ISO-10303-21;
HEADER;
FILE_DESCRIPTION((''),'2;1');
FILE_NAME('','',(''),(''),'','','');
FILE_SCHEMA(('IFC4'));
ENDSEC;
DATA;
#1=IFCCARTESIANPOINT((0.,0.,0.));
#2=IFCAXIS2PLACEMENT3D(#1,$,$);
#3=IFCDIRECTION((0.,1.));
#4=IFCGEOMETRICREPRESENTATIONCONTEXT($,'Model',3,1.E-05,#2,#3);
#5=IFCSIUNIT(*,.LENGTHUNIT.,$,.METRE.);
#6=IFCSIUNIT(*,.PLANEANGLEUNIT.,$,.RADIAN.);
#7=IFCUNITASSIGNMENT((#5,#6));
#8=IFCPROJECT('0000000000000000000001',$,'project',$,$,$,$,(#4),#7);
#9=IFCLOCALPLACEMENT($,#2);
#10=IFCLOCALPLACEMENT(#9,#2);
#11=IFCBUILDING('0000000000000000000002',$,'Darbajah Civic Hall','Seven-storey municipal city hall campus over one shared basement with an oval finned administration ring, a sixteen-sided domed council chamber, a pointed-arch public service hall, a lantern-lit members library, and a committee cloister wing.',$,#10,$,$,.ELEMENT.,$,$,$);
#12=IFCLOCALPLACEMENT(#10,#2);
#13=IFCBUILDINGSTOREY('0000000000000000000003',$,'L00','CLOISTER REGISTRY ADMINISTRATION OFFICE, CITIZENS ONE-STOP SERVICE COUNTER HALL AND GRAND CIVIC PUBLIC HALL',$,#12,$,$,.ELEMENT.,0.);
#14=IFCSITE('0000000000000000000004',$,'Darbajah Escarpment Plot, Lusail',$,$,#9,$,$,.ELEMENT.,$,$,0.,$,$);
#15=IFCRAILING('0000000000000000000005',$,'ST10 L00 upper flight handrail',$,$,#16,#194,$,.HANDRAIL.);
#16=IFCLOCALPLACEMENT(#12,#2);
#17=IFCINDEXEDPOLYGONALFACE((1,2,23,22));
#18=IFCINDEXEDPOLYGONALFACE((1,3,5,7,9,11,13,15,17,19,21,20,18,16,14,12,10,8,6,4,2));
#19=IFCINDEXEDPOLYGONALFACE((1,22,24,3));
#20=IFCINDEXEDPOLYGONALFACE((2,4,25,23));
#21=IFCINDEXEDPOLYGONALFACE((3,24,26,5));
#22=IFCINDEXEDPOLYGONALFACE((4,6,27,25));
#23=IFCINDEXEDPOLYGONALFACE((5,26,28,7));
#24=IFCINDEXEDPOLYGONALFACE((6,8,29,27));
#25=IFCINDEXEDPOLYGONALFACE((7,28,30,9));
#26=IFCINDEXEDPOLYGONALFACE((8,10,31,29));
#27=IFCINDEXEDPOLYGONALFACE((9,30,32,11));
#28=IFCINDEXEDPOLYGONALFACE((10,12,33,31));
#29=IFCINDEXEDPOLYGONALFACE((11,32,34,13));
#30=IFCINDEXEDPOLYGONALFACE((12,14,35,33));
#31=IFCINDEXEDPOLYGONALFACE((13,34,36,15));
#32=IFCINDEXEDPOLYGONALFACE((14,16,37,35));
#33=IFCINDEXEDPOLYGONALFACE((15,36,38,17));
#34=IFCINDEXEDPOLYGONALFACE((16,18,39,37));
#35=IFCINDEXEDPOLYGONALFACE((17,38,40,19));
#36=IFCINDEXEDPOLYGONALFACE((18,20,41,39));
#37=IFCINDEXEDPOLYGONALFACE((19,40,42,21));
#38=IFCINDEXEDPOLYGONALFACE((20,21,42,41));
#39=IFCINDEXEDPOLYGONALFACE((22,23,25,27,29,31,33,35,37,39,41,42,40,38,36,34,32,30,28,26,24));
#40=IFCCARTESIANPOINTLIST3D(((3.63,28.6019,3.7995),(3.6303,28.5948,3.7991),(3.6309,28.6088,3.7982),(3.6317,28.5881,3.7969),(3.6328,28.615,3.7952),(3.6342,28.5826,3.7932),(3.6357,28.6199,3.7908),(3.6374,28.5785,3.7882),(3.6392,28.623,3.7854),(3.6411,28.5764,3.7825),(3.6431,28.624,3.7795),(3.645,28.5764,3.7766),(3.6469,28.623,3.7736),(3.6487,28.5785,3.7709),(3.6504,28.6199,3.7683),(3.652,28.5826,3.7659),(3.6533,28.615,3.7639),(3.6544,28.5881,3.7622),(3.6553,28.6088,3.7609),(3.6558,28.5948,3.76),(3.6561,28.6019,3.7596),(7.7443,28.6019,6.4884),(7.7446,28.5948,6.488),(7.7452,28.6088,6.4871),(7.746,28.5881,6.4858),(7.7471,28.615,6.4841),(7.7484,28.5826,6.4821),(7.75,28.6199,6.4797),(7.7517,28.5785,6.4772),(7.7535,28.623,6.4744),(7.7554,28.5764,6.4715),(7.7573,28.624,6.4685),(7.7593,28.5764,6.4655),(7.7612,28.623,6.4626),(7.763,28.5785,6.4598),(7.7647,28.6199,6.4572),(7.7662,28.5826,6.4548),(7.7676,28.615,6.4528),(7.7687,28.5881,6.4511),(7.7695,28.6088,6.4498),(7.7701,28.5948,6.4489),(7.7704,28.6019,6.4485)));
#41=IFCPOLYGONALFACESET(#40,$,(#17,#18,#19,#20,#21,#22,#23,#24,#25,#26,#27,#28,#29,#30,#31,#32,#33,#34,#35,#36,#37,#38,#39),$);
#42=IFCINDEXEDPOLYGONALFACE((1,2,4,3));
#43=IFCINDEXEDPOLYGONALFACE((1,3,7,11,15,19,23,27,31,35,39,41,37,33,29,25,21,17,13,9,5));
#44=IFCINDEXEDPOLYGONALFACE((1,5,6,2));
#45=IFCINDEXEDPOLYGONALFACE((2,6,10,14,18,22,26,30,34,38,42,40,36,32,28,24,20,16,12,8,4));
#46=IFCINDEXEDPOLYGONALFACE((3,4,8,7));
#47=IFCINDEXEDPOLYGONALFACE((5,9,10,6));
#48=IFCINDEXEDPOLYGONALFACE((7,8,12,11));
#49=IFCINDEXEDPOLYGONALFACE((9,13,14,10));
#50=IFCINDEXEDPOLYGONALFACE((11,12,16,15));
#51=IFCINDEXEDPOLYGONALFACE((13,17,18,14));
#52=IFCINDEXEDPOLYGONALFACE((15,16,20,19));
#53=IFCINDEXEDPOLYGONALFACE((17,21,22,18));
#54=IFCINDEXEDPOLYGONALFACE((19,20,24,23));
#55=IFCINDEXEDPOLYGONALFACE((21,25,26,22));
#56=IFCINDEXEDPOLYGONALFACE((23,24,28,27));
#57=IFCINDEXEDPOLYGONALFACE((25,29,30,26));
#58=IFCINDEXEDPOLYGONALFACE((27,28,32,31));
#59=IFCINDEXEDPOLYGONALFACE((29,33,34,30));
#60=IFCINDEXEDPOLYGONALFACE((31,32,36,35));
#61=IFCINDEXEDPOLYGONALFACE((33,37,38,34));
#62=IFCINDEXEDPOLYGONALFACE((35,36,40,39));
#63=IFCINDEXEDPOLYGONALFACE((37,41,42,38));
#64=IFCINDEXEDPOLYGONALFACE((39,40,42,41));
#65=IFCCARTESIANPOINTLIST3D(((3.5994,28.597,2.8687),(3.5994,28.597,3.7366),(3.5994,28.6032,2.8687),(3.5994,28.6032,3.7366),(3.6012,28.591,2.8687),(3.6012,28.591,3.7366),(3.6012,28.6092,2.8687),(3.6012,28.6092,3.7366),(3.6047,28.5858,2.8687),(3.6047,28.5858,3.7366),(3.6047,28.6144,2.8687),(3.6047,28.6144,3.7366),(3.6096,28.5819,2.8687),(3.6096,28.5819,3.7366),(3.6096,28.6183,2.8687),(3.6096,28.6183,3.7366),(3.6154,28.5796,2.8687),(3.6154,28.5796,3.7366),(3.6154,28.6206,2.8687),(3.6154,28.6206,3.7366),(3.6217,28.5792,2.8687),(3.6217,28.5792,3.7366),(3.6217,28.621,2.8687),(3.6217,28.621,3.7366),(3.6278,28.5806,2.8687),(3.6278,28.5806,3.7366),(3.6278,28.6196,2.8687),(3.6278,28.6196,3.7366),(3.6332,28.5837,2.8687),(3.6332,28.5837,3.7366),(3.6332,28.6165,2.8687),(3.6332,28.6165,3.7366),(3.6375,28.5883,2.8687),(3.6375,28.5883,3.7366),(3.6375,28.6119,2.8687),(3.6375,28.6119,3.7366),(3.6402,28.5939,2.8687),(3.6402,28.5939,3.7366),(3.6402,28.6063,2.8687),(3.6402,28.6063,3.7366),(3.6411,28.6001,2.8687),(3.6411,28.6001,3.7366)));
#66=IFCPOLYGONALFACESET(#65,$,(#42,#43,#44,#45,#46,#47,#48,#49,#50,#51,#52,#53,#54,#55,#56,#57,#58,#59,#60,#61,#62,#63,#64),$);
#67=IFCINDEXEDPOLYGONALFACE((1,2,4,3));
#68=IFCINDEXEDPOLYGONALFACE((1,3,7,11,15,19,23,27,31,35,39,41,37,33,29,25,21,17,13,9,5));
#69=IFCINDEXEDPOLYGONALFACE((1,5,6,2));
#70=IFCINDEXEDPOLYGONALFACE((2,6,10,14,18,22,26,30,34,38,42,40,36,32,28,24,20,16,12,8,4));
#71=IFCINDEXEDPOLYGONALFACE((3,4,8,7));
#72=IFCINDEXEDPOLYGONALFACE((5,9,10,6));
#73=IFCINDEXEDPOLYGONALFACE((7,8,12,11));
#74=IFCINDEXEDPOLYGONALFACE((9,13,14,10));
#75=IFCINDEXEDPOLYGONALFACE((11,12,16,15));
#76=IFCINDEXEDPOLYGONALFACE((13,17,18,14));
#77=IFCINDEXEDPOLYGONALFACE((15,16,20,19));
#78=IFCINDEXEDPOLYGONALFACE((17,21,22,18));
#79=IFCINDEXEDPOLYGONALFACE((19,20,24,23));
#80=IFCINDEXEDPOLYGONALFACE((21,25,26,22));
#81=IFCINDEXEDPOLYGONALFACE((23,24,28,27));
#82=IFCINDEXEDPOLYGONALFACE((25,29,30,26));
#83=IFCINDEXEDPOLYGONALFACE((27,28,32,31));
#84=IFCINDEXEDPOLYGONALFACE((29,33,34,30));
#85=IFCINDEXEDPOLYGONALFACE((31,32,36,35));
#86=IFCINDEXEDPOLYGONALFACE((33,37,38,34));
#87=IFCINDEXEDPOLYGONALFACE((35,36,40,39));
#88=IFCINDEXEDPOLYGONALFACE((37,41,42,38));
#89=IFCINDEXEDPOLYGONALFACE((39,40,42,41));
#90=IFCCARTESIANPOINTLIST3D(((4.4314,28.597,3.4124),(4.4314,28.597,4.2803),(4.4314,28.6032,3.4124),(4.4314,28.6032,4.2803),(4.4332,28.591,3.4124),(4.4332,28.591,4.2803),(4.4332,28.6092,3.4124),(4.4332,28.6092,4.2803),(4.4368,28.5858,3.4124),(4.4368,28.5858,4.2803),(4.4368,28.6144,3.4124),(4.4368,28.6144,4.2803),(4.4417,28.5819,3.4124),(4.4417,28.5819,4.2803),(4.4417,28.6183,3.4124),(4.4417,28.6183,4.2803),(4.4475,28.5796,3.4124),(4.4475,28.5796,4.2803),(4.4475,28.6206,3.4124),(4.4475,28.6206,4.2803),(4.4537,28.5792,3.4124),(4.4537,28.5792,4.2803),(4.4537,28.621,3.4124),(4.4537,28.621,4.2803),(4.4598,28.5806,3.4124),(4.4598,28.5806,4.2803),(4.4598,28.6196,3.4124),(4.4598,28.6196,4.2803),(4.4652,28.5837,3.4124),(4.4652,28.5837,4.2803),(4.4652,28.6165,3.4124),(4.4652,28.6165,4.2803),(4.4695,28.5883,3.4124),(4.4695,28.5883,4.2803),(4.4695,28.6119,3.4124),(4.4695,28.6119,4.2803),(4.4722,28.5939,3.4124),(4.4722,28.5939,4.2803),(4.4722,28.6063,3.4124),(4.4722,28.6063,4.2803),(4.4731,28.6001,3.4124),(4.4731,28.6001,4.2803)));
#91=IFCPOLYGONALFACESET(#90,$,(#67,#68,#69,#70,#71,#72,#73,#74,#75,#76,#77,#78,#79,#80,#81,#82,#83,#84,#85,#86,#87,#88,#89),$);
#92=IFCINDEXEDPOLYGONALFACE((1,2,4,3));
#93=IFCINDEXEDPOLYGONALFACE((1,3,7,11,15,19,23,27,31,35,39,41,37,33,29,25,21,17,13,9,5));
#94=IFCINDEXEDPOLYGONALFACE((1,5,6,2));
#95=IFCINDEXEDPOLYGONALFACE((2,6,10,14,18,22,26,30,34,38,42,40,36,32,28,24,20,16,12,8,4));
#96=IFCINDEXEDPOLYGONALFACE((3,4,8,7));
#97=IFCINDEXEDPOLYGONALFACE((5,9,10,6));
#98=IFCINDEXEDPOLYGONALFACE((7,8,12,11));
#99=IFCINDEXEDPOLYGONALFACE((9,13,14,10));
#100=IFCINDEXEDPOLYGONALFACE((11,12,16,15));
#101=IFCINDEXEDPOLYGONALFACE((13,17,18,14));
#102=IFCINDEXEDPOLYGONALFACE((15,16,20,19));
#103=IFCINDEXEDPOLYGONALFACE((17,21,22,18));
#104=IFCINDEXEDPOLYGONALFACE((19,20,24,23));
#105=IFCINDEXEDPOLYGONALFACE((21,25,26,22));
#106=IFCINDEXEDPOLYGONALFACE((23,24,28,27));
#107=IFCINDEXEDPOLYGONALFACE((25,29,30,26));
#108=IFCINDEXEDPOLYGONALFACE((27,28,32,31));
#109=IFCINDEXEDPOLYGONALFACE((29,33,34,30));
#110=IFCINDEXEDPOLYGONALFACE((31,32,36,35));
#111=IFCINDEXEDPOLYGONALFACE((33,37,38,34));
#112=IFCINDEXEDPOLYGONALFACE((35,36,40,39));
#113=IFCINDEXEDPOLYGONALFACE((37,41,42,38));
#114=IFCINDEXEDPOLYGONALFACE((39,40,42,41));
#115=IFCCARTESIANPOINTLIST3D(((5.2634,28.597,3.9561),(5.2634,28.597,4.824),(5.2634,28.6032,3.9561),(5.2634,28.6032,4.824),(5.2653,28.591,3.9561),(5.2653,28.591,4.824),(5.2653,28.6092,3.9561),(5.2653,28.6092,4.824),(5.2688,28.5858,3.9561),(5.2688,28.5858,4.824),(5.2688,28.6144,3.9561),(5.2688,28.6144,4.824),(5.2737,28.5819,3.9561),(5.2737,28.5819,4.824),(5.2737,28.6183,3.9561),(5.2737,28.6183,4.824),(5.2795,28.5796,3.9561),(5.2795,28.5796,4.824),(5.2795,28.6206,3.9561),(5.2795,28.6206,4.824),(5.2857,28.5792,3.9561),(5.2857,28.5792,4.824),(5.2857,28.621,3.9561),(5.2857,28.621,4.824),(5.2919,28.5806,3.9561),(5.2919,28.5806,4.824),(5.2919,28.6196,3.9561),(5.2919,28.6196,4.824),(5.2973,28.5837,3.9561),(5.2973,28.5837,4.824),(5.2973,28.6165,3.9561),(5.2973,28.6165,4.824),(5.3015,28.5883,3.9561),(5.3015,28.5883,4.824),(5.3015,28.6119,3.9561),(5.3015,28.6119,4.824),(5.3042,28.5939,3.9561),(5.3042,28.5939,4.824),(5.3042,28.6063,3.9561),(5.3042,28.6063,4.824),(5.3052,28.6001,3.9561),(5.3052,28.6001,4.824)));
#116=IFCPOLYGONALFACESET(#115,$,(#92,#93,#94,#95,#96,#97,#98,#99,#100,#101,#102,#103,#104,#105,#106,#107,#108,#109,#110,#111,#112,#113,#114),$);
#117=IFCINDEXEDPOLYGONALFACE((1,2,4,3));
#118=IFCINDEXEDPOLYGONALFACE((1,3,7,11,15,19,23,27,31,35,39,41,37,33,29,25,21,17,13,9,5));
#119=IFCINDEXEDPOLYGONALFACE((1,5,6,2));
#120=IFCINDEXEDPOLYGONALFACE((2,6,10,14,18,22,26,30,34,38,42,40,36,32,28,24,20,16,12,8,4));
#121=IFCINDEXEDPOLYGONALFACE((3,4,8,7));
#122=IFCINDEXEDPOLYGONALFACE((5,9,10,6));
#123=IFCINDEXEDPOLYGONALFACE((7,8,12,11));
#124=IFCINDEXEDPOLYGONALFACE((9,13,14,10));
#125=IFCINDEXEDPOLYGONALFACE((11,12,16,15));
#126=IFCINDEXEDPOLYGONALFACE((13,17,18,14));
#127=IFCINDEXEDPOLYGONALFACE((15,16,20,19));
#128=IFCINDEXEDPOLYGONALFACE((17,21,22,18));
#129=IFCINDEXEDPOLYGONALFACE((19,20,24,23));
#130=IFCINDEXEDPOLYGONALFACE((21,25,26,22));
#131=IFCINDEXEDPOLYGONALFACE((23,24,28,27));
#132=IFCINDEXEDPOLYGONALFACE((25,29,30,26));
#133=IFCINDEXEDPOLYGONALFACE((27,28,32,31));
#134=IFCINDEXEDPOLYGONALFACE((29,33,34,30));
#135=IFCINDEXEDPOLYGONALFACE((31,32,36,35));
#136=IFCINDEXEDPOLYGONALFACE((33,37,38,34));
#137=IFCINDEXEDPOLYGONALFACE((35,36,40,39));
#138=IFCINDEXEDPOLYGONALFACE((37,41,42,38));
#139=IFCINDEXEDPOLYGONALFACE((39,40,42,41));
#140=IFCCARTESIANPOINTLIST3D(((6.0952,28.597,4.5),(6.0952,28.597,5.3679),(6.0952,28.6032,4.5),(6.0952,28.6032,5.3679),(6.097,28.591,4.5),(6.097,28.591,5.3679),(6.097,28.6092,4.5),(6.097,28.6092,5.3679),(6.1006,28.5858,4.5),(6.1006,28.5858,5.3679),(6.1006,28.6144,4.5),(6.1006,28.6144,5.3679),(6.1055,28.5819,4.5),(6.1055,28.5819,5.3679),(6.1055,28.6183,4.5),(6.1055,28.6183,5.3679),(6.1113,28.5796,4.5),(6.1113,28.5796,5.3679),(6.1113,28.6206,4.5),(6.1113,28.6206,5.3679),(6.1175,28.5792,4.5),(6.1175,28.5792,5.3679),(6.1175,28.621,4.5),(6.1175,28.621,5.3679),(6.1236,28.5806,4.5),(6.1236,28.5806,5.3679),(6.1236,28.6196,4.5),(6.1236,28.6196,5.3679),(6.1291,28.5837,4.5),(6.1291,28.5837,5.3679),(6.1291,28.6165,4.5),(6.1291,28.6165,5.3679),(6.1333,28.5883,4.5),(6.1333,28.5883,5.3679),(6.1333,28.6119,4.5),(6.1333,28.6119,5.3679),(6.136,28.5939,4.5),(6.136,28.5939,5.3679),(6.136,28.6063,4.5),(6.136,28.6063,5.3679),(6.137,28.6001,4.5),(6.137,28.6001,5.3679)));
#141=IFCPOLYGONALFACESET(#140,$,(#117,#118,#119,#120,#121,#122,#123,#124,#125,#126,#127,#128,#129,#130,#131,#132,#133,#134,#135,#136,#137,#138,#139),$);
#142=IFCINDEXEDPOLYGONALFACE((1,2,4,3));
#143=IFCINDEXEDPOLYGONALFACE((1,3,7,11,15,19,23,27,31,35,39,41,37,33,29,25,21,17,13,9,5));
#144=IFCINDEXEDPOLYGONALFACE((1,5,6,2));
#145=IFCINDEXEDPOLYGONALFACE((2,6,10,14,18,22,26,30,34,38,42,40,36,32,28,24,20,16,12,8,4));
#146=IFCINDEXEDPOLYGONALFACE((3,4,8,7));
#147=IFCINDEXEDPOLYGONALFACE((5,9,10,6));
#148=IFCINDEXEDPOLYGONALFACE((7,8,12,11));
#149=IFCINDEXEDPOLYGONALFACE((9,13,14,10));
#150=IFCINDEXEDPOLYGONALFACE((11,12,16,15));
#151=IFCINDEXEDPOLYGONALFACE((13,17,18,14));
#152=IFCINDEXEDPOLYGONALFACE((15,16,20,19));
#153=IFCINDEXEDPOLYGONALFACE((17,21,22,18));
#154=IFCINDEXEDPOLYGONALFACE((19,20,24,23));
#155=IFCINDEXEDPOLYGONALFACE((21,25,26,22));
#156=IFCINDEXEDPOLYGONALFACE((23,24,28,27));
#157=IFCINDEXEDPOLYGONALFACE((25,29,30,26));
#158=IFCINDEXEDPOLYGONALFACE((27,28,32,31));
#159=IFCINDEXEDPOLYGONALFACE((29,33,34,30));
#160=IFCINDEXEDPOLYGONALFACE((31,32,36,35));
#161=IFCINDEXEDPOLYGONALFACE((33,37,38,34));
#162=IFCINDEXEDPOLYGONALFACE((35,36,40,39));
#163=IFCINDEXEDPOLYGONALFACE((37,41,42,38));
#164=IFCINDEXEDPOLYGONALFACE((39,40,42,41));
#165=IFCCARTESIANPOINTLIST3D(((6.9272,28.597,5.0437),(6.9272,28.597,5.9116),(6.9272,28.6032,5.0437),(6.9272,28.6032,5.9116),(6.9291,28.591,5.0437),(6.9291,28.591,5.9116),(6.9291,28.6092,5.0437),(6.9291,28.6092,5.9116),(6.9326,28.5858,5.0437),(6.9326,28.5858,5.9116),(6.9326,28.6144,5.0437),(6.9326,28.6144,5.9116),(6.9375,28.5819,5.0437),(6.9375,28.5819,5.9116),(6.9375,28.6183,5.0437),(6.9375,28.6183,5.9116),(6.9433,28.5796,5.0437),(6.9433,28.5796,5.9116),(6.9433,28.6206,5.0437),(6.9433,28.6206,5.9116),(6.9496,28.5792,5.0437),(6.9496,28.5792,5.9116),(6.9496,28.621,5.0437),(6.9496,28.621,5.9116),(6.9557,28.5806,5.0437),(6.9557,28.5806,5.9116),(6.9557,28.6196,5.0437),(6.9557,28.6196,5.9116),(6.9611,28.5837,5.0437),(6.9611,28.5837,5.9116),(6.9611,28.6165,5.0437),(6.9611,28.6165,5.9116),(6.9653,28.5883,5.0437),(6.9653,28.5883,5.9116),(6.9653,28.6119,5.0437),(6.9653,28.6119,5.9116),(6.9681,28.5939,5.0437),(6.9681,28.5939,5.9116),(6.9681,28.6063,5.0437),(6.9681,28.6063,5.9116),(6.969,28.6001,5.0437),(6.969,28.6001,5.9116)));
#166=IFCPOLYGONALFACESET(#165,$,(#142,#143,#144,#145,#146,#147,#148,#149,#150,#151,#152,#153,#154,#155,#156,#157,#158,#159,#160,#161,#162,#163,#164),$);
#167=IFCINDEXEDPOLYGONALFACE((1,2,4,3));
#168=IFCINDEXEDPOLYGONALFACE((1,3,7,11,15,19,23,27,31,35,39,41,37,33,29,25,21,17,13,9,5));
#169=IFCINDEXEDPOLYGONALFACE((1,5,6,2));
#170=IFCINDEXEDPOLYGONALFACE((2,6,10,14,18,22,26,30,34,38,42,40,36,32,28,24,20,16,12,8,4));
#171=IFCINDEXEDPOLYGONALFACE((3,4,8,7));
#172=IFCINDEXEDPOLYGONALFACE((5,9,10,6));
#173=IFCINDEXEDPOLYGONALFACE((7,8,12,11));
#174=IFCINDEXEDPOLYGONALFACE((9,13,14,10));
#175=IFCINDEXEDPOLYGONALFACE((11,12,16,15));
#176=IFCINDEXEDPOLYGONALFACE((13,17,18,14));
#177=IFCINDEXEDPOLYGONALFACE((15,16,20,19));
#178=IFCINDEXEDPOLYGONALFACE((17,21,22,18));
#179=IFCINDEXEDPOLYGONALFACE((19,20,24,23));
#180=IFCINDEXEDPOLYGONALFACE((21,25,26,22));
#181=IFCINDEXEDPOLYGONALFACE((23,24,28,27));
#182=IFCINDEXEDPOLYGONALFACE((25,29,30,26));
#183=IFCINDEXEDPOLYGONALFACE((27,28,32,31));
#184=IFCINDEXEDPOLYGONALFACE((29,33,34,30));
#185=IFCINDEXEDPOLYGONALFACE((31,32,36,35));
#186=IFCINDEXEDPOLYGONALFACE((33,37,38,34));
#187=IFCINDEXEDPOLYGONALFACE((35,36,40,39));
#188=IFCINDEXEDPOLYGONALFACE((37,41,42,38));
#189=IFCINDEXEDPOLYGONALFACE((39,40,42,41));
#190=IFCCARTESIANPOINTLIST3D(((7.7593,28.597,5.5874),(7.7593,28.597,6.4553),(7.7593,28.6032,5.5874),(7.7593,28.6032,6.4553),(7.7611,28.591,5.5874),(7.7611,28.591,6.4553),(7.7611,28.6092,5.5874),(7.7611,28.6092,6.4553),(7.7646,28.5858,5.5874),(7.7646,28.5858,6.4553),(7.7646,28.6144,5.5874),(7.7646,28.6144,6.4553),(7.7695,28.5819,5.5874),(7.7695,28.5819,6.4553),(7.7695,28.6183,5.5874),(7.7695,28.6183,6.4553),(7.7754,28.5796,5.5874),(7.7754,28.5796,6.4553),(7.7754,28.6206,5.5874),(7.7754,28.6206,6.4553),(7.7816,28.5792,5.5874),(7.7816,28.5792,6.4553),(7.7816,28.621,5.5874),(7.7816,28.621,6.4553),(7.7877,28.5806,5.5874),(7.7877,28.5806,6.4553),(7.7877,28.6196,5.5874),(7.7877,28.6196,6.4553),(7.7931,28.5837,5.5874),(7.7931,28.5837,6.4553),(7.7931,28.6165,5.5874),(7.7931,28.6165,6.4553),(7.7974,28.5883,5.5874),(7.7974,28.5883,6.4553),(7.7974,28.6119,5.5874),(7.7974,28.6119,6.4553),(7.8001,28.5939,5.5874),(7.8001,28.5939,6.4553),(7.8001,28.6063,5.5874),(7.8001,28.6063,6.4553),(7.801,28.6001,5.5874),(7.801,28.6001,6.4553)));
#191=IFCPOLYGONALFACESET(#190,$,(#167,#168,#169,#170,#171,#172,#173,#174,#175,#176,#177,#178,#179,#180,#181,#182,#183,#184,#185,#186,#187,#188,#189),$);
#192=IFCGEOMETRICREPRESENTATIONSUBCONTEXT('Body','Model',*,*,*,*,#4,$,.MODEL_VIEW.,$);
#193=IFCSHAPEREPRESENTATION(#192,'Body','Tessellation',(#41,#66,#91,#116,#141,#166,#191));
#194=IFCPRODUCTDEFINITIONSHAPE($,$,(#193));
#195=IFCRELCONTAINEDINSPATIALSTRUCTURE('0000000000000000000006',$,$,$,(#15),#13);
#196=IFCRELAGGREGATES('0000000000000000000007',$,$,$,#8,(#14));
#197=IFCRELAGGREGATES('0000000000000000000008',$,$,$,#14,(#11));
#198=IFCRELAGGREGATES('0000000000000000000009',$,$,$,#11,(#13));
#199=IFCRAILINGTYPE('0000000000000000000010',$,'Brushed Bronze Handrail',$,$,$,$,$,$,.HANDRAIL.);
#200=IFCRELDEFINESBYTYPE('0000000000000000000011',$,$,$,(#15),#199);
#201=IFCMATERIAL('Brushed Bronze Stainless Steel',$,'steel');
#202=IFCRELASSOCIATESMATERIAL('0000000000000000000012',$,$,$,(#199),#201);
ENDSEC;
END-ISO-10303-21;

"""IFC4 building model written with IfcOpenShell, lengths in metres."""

from ifc_helpers import new_model, si_unit, direction, frame, origin, origin_2d, place, context, subcontext, project, spatial, circle, extrude, material, type_object, element, save


model = new_model("IFC4")

# Units and contexts
model_context = context("Model", 3, precision=1e-05, world=origin(), true_north=direction((0.0, 1.0)))
body_context = subcontext(model_context, "Body", "Model", "MODEL_VIEW")
ifc_project = project(units=[si_unit("LENGTHUNIT", "METRE"), si_unit("PLANEANGLEUNIT", "RADIAN")], contexts=[model_context])

# Site, building, storey
site_placement = place(None, origin())
site = spatial("IfcSite", under=ifc_project, at=site_placement, Name="Darbajah Escarpment Plot, Lusail", CompositionType="ELEMENT", RefElevation=0.0)
building_placement = place(site_placement, origin())
building = spatial("IfcBuilding", under=site, at=building_placement, Name="Darbajah Civic Hall", Description="Seven-storey municipal city hall campus over one shared basement with an oval finned administration ring, a sixteen-sided domed council chamber, a pointed-arch public service hall, a lantern-lit members library, and a committee cloister wing.", CompositionType="ELEMENT")
storey_placement = place(building_placement, origin())
storey = spatial("IfcBuildingStorey", under=building, at=storey_placement, Name="L00", Description="CLOISTER REGISTRY ADMINISTRATION OFFICE, CITIZENS ONE-STOP SERVICE COUNTER HALL AND GRAND CIVIC PUBLIC HALL", CompositionType="ELEMENT", Elevation=0.0)

# Railing
ifc_material_1 = material(Name="Brushed Bronze Stainless Steel", Category="steel")
railing_type_1 = type_object("IfcRailingType", Name="Brushed Bronze Handrail", PredefinedType="HANDRAIL", material=ifc_material_1)
railing_1_placement = place(storey_placement, frame((3.6201, 28.6001, 2.8687)))
element("IfcRailing", 1, at=railing_1_placement, inside=storey, type_object=railing_type_1, Name="ST10 L00 upper flight handrail", PredefinedType="HANDRAIL", context=body_context, shape_type="SweptSolid", body=[
    extrude(circle(Radius=0.0239, at=origin_2d()), frame((0.0229, 0.0, 0.9109), z_axis=(0.83708, 0.0, 0.547081), x_axis=(0.0, 1.0, 0.0)), (0.0, 0.0, 1.0), 4.915),
    extrude(circle(Radius=0.021, at=origin_2d()), origin(), (0.0, 0.0, 1.0), 0.8679),
    extrude(circle(Radius=0.021, at=origin_2d()), frame((0.832, 0.0, 0.5437)), (0.0, 0.0, 1.0), 0.8679),
    extrude(circle(Radius=0.021, at=origin_2d()), frame((1.6641, 0.0, 1.0874)), (0.0, 0.0, 1.0), 0.8679),
    extrude(circle(Radius=0.021, at=origin_2d()), frame((2.4958, 0.0, 1.6313)), (0.0, 0.0, 1.0), 0.8679),
    extrude(circle(Radius=0.021, at=origin_2d()), frame((3.3279, 0.0, 2.175)), (0.0, 0.0, 1.0), 0.8679),
    extrude(circle(Radius=0.021, at=origin_2d()), frame((4.1599, 0.0, 2.7188)), (0.0, 0.0, 1.0), 0.8679),
])

save(model, "model.ifc")
